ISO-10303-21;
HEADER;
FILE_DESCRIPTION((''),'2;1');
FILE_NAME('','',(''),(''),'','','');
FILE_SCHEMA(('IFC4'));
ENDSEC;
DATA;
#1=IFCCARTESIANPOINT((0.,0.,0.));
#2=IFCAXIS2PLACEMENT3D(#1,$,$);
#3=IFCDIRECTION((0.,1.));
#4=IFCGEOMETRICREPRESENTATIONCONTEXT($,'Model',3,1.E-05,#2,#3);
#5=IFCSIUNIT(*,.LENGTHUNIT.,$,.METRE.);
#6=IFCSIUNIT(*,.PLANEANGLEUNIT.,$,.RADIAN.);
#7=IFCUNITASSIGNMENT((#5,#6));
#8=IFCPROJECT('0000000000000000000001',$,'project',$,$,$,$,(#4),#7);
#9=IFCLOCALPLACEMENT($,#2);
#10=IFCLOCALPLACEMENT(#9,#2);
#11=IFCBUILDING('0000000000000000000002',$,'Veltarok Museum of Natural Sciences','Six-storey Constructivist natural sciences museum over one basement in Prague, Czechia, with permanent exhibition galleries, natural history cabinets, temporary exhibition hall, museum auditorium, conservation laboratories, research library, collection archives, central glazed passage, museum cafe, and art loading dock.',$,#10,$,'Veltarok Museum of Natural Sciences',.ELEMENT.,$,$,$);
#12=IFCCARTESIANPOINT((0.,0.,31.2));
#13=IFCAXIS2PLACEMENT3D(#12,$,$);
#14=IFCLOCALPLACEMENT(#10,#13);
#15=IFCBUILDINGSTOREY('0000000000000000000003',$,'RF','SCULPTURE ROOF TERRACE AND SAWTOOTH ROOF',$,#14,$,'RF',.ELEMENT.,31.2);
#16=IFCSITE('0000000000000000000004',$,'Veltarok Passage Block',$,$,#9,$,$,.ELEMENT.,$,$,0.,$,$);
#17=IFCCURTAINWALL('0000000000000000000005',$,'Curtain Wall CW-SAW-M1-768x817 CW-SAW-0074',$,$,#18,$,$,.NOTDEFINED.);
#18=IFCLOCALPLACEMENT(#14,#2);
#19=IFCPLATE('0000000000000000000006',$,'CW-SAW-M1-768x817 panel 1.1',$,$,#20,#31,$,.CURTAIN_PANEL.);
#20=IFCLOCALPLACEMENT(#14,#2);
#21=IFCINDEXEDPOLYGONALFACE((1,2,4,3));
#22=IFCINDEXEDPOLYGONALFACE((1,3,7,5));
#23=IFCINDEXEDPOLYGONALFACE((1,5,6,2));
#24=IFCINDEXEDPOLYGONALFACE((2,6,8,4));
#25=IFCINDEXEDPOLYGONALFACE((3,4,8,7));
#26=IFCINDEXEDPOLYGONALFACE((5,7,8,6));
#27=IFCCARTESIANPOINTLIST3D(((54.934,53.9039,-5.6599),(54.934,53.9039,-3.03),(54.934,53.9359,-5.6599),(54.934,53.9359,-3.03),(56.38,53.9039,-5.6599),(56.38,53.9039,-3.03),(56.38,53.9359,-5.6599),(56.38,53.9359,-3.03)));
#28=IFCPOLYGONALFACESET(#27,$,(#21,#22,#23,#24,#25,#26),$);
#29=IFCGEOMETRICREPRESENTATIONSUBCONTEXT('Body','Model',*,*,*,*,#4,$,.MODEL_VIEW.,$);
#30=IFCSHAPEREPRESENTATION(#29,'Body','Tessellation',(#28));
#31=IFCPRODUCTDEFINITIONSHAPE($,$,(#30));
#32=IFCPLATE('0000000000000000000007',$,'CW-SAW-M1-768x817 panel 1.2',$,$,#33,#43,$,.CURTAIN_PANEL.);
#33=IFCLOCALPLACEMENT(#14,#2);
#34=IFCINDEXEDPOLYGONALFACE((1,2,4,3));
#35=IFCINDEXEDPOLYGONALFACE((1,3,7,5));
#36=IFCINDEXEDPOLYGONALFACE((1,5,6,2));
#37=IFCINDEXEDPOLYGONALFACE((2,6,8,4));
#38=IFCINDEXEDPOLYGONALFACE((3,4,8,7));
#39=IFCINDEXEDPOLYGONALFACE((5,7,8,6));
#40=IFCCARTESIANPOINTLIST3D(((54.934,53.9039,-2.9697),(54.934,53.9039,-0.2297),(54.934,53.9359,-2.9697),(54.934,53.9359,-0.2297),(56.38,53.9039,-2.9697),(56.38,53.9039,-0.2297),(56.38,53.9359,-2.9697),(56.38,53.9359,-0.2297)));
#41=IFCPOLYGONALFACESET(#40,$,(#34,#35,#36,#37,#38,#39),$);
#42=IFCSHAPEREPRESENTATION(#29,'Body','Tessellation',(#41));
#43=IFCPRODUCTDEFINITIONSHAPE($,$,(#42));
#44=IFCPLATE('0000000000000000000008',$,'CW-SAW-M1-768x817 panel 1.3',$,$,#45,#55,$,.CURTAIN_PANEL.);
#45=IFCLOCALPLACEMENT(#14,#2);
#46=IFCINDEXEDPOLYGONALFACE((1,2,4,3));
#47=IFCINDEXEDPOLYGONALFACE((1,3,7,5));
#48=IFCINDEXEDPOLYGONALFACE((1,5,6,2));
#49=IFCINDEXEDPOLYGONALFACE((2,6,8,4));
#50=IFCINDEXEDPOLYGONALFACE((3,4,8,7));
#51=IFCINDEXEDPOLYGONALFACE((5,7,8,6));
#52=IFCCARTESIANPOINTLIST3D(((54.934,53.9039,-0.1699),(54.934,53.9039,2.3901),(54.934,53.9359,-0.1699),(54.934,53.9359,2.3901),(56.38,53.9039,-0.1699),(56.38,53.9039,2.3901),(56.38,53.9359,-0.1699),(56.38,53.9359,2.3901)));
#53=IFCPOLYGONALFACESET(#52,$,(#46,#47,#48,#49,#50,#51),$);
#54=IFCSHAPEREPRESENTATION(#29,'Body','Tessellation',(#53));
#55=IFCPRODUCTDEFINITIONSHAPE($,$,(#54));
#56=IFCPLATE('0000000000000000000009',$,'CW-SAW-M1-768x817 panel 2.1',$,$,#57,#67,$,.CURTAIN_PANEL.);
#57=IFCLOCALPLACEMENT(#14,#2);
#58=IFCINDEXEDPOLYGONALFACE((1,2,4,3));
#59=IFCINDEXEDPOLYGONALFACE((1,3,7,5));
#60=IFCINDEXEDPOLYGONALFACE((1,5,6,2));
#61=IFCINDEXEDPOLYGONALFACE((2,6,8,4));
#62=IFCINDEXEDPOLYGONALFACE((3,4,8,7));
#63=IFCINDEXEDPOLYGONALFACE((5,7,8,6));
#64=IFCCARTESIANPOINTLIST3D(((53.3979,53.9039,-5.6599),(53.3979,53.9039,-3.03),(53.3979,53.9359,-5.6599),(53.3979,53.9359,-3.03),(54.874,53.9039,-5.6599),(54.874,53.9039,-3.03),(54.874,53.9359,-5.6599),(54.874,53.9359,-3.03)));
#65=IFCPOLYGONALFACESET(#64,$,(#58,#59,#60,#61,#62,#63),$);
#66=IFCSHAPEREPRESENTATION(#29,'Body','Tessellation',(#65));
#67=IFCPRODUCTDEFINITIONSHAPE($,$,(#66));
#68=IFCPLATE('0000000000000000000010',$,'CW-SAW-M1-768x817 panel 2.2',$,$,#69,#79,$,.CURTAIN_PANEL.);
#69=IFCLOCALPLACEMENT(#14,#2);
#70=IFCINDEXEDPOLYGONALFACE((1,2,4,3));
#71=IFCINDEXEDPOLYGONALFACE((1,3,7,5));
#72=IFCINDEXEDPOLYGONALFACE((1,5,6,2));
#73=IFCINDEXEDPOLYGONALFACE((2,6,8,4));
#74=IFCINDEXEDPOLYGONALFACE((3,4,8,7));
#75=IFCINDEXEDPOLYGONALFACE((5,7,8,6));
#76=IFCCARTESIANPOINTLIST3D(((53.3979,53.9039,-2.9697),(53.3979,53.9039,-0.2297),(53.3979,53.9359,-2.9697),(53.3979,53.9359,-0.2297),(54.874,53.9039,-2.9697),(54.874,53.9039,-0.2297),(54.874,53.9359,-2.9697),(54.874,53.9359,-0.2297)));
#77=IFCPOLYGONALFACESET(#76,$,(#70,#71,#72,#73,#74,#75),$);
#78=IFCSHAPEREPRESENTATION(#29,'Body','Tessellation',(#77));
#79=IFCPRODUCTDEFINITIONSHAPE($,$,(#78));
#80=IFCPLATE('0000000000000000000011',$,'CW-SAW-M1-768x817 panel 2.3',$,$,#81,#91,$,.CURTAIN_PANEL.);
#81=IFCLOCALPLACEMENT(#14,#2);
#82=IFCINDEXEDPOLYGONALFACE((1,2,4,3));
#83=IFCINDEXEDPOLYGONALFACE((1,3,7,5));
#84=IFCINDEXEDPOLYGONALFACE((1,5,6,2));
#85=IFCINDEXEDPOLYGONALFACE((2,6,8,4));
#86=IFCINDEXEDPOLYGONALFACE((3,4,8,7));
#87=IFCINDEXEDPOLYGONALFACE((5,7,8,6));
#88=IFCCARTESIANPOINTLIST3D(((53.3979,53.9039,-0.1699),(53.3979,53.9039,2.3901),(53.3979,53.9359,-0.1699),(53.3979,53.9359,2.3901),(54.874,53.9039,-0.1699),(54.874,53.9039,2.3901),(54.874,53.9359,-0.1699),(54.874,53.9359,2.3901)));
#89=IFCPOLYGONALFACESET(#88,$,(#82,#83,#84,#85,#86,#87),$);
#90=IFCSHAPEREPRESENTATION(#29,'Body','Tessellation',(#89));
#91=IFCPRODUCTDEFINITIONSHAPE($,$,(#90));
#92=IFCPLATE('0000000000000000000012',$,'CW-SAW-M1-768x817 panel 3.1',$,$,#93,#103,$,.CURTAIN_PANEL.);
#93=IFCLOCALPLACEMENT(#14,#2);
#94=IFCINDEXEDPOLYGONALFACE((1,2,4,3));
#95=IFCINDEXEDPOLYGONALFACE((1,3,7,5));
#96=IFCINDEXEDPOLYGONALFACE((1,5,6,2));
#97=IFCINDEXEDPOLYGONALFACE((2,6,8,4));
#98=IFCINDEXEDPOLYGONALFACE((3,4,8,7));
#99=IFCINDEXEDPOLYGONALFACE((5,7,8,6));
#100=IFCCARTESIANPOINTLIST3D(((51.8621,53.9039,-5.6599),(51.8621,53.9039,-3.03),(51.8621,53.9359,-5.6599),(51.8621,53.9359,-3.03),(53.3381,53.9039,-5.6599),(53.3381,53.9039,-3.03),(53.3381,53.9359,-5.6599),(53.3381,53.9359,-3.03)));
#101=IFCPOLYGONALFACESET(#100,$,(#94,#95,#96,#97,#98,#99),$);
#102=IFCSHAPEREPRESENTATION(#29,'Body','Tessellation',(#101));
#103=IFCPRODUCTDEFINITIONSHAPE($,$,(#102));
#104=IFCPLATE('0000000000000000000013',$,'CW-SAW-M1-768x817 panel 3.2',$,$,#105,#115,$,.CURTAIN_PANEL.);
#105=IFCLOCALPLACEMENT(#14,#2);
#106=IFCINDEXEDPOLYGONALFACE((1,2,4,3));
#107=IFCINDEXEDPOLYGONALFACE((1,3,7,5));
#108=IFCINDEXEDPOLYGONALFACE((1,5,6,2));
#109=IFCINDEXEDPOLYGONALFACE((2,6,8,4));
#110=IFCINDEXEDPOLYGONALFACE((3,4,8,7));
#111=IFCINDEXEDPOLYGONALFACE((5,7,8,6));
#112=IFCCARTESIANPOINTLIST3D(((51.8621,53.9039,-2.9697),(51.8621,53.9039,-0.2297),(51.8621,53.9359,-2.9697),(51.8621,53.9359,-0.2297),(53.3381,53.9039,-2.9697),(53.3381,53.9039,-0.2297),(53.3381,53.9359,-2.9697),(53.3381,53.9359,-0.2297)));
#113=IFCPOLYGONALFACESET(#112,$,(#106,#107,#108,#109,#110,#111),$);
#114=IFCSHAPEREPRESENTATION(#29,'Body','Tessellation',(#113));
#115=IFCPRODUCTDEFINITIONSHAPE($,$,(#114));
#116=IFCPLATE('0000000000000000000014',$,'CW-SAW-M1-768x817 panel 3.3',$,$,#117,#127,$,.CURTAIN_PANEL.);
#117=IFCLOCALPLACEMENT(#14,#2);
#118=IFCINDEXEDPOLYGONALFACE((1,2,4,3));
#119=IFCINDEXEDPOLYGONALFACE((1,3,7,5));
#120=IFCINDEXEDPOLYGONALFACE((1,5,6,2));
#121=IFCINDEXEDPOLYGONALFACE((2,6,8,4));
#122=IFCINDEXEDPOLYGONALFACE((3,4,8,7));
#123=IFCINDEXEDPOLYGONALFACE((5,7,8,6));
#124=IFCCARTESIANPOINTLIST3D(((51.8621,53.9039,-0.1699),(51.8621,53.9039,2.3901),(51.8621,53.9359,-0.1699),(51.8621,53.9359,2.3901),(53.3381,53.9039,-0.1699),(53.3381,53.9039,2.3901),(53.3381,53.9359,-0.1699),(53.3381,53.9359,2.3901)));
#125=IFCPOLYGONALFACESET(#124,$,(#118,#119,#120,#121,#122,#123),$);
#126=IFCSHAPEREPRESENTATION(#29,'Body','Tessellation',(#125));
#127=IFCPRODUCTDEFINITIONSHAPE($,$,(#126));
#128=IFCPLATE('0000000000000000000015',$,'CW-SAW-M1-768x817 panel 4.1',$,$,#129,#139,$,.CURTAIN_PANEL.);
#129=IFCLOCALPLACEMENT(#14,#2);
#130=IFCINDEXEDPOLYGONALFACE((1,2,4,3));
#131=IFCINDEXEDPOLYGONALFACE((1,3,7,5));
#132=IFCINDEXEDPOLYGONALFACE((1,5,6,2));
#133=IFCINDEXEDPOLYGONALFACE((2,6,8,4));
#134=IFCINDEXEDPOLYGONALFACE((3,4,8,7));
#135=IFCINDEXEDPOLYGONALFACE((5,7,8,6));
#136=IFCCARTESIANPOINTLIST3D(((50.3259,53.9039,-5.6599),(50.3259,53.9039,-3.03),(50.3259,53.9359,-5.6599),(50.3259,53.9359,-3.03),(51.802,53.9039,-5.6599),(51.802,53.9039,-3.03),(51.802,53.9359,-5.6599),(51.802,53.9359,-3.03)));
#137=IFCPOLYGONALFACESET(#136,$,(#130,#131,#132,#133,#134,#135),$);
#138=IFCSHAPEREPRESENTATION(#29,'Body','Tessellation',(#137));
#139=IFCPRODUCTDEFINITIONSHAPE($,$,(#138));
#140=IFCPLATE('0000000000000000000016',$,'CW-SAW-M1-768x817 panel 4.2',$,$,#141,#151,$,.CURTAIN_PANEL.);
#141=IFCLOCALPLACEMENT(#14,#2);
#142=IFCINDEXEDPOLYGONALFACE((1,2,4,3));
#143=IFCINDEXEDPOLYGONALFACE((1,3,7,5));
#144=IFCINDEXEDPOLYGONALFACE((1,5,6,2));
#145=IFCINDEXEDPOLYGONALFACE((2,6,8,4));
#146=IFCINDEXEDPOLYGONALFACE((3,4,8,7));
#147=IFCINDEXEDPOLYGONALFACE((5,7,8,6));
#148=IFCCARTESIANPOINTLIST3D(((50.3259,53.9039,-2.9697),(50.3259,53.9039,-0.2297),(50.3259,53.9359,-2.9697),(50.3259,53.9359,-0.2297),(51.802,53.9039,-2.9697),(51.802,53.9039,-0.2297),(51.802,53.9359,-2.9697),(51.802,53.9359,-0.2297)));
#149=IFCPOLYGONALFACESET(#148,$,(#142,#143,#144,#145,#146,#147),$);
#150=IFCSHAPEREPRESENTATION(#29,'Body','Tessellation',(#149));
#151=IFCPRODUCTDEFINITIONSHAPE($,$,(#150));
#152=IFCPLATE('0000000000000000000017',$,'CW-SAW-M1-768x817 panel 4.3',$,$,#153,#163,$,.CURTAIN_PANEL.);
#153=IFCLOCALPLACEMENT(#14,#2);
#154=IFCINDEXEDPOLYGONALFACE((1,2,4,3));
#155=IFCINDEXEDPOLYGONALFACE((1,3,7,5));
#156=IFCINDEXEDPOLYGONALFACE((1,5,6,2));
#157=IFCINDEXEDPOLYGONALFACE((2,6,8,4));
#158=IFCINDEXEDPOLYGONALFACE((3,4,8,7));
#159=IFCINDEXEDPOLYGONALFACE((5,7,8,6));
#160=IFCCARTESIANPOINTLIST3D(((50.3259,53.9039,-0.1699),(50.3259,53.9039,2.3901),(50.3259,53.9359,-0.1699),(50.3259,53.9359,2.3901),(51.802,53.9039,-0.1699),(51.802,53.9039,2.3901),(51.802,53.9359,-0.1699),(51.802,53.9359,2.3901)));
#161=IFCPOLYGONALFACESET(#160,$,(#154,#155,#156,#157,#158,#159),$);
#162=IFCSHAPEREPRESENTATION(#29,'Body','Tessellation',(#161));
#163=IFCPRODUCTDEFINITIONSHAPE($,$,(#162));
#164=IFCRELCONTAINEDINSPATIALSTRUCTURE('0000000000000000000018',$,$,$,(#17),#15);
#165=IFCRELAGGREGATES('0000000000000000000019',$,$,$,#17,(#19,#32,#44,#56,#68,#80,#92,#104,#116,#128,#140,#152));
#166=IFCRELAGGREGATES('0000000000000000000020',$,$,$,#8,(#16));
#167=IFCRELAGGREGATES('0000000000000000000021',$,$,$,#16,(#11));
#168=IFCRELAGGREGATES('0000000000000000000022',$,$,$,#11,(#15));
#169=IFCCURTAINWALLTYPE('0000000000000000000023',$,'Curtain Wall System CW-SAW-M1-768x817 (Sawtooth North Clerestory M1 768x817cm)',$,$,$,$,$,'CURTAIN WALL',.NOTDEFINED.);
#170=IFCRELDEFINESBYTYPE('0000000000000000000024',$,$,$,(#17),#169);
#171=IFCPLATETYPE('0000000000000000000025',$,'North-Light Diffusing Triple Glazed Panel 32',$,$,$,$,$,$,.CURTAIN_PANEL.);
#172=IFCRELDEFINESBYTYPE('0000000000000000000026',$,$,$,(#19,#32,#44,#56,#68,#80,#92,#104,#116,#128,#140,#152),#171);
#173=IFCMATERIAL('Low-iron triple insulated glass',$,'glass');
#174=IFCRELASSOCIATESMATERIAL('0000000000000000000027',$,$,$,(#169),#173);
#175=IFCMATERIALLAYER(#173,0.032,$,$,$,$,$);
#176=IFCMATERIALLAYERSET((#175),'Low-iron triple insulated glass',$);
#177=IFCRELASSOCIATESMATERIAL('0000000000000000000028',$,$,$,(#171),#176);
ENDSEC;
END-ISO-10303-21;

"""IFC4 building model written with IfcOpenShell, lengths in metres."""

from ifc_helpers import new_model, si_unit, direction, frame, origin, origin_2d, place, context, subcontext, project, spatial, rectangle, extrude, material, layer, layer_set, type_object, element, aggregate, save


model = new_model("IFC4")

# Units and contexts
model_context = context("Model", 3, precision=1e-05, world=origin(), true_north=direction((0.0, 1.0)))
body_context = subcontext(model_context, "Body", "Model", "MODEL_VIEW")
ifc_project = project(units=[si_unit("LENGTHUNIT", "METRE"), si_unit("PLANEANGLEUNIT", "RADIAN")], contexts=[model_context])

# Site, building, storey
site_placement = place(None, origin())
site = spatial("IfcSite", under=ifc_project, at=site_placement, Name="Veltarok Passage Block", CompositionType="ELEMENT", RefElevation=0.0)
building_placement = place(site_placement, origin())
building = spatial("IfcBuilding", under=site, at=building_placement, Name="Veltarok Museum of Natural Sciences", Description="Six-storey Constructivist natural sciences museum over one basement in Prague, Czechia, with permanent exhibition galleries, natural history cabinets, temporary exhibition hall, museum auditorium, conservation laboratories, research library, collection archives, central glazed passage, museum cafe, and art loading dock.", LongName="Veltarok Museum of Natural Sciences", CompositionType="ELEMENT")
storey_placement = place(building_placement, frame((0.0, 0.0, 31.2)))
storey = spatial("IfcBuildingStorey", under=building, at=storey_placement, Name="RF", Description="SCULPTURE ROOF TERRACE AND SAWTOOTH ROOF", LongName="RF", CompositionType="ELEMENT", Elevation=31.2)

# Curtain wall, plates
ifc_material_1 = material(Name="Low-iron triple insulated glass", Category="glass")
curtain_wall_type = type_object("IfcCurtainWallType", Name="Curtain Wall System CW-SAW-M1-768x817 (Sawtooth North Clerestory M1 768x817cm)", ElementType="CURTAIN WALL", PredefinedType="NOTDEFINED", material=ifc_material_1)
curtain_wall_placement = place(storey_placement, origin())
curtain_wall = element("IfcCurtainWall", 1, at=curtain_wall_placement, inside=storey, type_object=curtain_wall_type, Name="Curtain Wall CW-SAW-M1-768x817 CW-SAW-0074", PredefinedType="NOTDEFINED")
ifc_layer = layer(ifc_material_1, 0.032)
ifc_layer_set = layer_set([ifc_layer], Name="Low-iron triple insulated glass")
plate_type = type_object("IfcPlateType", Name="North-Light Diffusing Triple Glazed Panel 32", PredefinedType="CURTAIN_PANEL", material=ifc_layer_set)
plate_1_placement = place(storey_placement, frame((55.657, 53.9199, -5.6599), z_axis=(0.0, 0.0, 1.0), x_axis=(-1.0, 0.0, 0.0)))
plate_1 = element("IfcPlate", 2, at=plate_1_placement, type_object=plate_type, Name="CW-SAW-M1-768x817 panel 1.1", PredefinedType="CURTAIN_PANEL", context=body_context, shape_type="SweptSolid", body=[
    extrude(rectangle(XDim=1.446, YDim=0.032, at=origin_2d()), origin(), (0.0, 0.0, 1.0), 2.6299),
])
plate_2_placement = place(storey_placement, frame((55.657, 53.9199, -2.9697), z_axis=(0.0, 0.0, 1.0), x_axis=(-1.0, 0.0, 0.0)))
plate_2 = element("IfcPlate", 3, at=plate_2_placement, type_object=plate_type, Name="CW-SAW-M1-768x817 panel 1.2", PredefinedType="CURTAIN_PANEL", context=body_context, shape_type="SweptSolid", body=[
    extrude(rectangle(XDim=1.446, YDim=0.032, at=origin_2d()), origin(), (0.0, 0.0, 1.0), 2.74),
])
plate_3_placement = place(storey_placement, frame((55.657, 53.9199, -0.1699), z_axis=(0.0, 0.0, 1.0), x_axis=(-1.0, 0.0, 0.0)))
plate_3 = element("IfcPlate", 4, at=plate_3_placement, type_object=plate_type, Name="CW-SAW-M1-768x817 panel 1.3", PredefinedType="CURTAIN_PANEL", context=body_context, shape_type="SweptSolid", body=[
    extrude(rectangle(XDim=1.446, YDim=0.032, at=origin_2d()), origin(), (0.0, 0.0, 1.0), 2.5601),
])
plate_4_placement = place(storey_placement, frame((54.136, 53.9199, -5.6599), z_axis=(0.0, 0.0, 1.0), x_axis=(-1.0, 0.0, 0.0)))
plate_4 = element("IfcPlate", 5, at=plate_4_placement, type_object=plate_type, Name="CW-SAW-M1-768x817 panel 2.1", PredefinedType="CURTAIN_PANEL", context=body_context, shape_type="SweptSolid", body=[
    extrude(rectangle(XDim=1.4761, YDim=0.032, at=origin_2d()), origin(), (0.0, 0.0, 1.0), 2.6299),
])
plate_5_placement = place(storey_placement, frame((54.136, 53.9199, -2.9697), z_axis=(0.0, 0.0, 1.0), x_axis=(-1.0, 0.0, 0.0)))
plate_5 = element("IfcPlate", 6, at=plate_5_placement, type_object=plate_type, Name="CW-SAW-M1-768x817 panel 2.2", PredefinedType="CURTAIN_PANEL", context=body_context, shape_type="SweptSolid", body=[
    extrude(rectangle(XDim=1.4761, YDim=0.032, at=origin_2d()), origin(), (0.0, 0.0, 1.0), 2.74),
])
plate_6_placement = place(storey_placement, frame((54.136, 53.9199, -0.1699), z_axis=(0.0, 0.0, 1.0), x_axis=(-1.0, 0.0, 0.0)))
plate_6 = element("IfcPlate", 7, at=plate_6_placement, type_object=plate_type, Name="CW-SAW-M1-768x817 panel 2.3", PredefinedType="CURTAIN_PANEL", context=body_context, shape_type="SweptSolid", body=[
    extrude(rectangle(XDim=1.4761, YDim=0.032, at=origin_2d()), origin(), (0.0, 0.0, 1.0), 2.5601),
])
plate_7_placement = place(storey_placement, frame((52.6001, 53.9199, -5.6599), z_axis=(0.0, 0.0, 1.0), x_axis=(-1.0, 0.0, 0.0)))
plate_7 = element("IfcPlate", 8, at=plate_7_placement, type_object=plate_type, Name="CW-SAW-M1-768x817 panel 3.1", PredefinedType="CURTAIN_PANEL", context=body_context, shape_type="SweptSolid", body=[
    extrude(rectangle(XDim=1.4761, YDim=0.032, at=origin_2d()), origin(), (0.0, 0.0, 1.0), 2.6299),
])
plate_8_placement = place(storey_placement, frame((52.6001, 53.9199, -2.9697), z_axis=(0.0, 0.0, 1.0), x_axis=(-1.0, 0.0, 0.0)))
plate_8 = element("IfcPlate", 9, at=plate_8_placement, type_object=plate_type, Name="CW-SAW-M1-768x817 panel 3.2", PredefinedType="CURTAIN_PANEL", context=body_context, shape_type="SweptSolid", body=[
    extrude(rectangle(XDim=1.4761, YDim=0.032, at=origin_2d()), origin(), (0.0, 0.0, 1.0), 2.74),
])
plate_9_placement = place(storey_placement, frame((52.6001, 53.9199, -0.1699), z_axis=(0.0, 0.0, 1.0), x_axis=(-1.0, 0.0, 0.0)))
plate_9 = element("IfcPlate", 10, at=plate_9_placement, type_object=plate_type, Name="CW-SAW-M1-768x817 panel 3.3", PredefinedType="CURTAIN_PANEL", context=body_context, shape_type="SweptSolid", body=[
    extrude(rectangle(XDim=1.4761, YDim=0.032, at=origin_2d()), origin(), (0.0, 0.0, 1.0), 2.5601),
])
plate_10_placement = place(storey_placement, frame((51.064, 53.9199, -5.6599), z_axis=(0.0, 0.0, 1.0), x_axis=(-1.0, 0.0, 0.0)))
plate_10 = element("IfcPlate", 11, at=plate_10_placement, type_object=plate_type, Name="CW-SAW-M1-768x817 panel 4.1", PredefinedType="CURTAIN_PANEL", context=body_context, shape_type="SweptSolid", body=[
    extrude(rectangle(XDim=1.4761, YDim=0.032, at=origin_2d()), origin(), (0.0, 0.0, 1.0), 2.6299),
])
plate_11_placement = place(storey_placement, frame((51.064, 53.9199, -2.9697), z_axis=(0.0, 0.0, 1.0), x_axis=(-1.0, 0.0, 0.0)))
plate_11 = element("IfcPlate", 12, at=plate_11_placement, type_object=plate_type, Name="CW-SAW-M1-768x817 panel 4.2", PredefinedType="CURTAIN_PANEL", context=body_context, shape_type="SweptSolid", body=[
    extrude(rectangle(XDim=1.4761, YDim=0.032, at=origin_2d()), origin(), (0.0, 0.0, 1.0), 2.74),
])
plate_12_placement = place(storey_placement, frame((51.064, 53.9199, -0.1699), z_axis=(0.0, 0.0, 1.0), x_axis=(-1.0, 0.0, 0.0)))
plate_12 = element("IfcPlate", 13, at=plate_12_placement, type_object=plate_type, Name="CW-SAW-M1-768x817 panel 4.3", PredefinedType="CURTAIN_PANEL", context=body_context, shape_type="SweptSolid", body=[
    extrude(rectangle(XDim=1.4761, YDim=0.032, at=origin_2d()), origin(), (0.0, 0.0, 1.0), 2.5601),
])
aggregate(curtain_wall, [plate_1, plate_2, plate_3, plate_4, plate_5, plate_6, plate_7, plate_8, plate_9, plate_10, plate_11, plate_12])

save(model, "model.ifc")
